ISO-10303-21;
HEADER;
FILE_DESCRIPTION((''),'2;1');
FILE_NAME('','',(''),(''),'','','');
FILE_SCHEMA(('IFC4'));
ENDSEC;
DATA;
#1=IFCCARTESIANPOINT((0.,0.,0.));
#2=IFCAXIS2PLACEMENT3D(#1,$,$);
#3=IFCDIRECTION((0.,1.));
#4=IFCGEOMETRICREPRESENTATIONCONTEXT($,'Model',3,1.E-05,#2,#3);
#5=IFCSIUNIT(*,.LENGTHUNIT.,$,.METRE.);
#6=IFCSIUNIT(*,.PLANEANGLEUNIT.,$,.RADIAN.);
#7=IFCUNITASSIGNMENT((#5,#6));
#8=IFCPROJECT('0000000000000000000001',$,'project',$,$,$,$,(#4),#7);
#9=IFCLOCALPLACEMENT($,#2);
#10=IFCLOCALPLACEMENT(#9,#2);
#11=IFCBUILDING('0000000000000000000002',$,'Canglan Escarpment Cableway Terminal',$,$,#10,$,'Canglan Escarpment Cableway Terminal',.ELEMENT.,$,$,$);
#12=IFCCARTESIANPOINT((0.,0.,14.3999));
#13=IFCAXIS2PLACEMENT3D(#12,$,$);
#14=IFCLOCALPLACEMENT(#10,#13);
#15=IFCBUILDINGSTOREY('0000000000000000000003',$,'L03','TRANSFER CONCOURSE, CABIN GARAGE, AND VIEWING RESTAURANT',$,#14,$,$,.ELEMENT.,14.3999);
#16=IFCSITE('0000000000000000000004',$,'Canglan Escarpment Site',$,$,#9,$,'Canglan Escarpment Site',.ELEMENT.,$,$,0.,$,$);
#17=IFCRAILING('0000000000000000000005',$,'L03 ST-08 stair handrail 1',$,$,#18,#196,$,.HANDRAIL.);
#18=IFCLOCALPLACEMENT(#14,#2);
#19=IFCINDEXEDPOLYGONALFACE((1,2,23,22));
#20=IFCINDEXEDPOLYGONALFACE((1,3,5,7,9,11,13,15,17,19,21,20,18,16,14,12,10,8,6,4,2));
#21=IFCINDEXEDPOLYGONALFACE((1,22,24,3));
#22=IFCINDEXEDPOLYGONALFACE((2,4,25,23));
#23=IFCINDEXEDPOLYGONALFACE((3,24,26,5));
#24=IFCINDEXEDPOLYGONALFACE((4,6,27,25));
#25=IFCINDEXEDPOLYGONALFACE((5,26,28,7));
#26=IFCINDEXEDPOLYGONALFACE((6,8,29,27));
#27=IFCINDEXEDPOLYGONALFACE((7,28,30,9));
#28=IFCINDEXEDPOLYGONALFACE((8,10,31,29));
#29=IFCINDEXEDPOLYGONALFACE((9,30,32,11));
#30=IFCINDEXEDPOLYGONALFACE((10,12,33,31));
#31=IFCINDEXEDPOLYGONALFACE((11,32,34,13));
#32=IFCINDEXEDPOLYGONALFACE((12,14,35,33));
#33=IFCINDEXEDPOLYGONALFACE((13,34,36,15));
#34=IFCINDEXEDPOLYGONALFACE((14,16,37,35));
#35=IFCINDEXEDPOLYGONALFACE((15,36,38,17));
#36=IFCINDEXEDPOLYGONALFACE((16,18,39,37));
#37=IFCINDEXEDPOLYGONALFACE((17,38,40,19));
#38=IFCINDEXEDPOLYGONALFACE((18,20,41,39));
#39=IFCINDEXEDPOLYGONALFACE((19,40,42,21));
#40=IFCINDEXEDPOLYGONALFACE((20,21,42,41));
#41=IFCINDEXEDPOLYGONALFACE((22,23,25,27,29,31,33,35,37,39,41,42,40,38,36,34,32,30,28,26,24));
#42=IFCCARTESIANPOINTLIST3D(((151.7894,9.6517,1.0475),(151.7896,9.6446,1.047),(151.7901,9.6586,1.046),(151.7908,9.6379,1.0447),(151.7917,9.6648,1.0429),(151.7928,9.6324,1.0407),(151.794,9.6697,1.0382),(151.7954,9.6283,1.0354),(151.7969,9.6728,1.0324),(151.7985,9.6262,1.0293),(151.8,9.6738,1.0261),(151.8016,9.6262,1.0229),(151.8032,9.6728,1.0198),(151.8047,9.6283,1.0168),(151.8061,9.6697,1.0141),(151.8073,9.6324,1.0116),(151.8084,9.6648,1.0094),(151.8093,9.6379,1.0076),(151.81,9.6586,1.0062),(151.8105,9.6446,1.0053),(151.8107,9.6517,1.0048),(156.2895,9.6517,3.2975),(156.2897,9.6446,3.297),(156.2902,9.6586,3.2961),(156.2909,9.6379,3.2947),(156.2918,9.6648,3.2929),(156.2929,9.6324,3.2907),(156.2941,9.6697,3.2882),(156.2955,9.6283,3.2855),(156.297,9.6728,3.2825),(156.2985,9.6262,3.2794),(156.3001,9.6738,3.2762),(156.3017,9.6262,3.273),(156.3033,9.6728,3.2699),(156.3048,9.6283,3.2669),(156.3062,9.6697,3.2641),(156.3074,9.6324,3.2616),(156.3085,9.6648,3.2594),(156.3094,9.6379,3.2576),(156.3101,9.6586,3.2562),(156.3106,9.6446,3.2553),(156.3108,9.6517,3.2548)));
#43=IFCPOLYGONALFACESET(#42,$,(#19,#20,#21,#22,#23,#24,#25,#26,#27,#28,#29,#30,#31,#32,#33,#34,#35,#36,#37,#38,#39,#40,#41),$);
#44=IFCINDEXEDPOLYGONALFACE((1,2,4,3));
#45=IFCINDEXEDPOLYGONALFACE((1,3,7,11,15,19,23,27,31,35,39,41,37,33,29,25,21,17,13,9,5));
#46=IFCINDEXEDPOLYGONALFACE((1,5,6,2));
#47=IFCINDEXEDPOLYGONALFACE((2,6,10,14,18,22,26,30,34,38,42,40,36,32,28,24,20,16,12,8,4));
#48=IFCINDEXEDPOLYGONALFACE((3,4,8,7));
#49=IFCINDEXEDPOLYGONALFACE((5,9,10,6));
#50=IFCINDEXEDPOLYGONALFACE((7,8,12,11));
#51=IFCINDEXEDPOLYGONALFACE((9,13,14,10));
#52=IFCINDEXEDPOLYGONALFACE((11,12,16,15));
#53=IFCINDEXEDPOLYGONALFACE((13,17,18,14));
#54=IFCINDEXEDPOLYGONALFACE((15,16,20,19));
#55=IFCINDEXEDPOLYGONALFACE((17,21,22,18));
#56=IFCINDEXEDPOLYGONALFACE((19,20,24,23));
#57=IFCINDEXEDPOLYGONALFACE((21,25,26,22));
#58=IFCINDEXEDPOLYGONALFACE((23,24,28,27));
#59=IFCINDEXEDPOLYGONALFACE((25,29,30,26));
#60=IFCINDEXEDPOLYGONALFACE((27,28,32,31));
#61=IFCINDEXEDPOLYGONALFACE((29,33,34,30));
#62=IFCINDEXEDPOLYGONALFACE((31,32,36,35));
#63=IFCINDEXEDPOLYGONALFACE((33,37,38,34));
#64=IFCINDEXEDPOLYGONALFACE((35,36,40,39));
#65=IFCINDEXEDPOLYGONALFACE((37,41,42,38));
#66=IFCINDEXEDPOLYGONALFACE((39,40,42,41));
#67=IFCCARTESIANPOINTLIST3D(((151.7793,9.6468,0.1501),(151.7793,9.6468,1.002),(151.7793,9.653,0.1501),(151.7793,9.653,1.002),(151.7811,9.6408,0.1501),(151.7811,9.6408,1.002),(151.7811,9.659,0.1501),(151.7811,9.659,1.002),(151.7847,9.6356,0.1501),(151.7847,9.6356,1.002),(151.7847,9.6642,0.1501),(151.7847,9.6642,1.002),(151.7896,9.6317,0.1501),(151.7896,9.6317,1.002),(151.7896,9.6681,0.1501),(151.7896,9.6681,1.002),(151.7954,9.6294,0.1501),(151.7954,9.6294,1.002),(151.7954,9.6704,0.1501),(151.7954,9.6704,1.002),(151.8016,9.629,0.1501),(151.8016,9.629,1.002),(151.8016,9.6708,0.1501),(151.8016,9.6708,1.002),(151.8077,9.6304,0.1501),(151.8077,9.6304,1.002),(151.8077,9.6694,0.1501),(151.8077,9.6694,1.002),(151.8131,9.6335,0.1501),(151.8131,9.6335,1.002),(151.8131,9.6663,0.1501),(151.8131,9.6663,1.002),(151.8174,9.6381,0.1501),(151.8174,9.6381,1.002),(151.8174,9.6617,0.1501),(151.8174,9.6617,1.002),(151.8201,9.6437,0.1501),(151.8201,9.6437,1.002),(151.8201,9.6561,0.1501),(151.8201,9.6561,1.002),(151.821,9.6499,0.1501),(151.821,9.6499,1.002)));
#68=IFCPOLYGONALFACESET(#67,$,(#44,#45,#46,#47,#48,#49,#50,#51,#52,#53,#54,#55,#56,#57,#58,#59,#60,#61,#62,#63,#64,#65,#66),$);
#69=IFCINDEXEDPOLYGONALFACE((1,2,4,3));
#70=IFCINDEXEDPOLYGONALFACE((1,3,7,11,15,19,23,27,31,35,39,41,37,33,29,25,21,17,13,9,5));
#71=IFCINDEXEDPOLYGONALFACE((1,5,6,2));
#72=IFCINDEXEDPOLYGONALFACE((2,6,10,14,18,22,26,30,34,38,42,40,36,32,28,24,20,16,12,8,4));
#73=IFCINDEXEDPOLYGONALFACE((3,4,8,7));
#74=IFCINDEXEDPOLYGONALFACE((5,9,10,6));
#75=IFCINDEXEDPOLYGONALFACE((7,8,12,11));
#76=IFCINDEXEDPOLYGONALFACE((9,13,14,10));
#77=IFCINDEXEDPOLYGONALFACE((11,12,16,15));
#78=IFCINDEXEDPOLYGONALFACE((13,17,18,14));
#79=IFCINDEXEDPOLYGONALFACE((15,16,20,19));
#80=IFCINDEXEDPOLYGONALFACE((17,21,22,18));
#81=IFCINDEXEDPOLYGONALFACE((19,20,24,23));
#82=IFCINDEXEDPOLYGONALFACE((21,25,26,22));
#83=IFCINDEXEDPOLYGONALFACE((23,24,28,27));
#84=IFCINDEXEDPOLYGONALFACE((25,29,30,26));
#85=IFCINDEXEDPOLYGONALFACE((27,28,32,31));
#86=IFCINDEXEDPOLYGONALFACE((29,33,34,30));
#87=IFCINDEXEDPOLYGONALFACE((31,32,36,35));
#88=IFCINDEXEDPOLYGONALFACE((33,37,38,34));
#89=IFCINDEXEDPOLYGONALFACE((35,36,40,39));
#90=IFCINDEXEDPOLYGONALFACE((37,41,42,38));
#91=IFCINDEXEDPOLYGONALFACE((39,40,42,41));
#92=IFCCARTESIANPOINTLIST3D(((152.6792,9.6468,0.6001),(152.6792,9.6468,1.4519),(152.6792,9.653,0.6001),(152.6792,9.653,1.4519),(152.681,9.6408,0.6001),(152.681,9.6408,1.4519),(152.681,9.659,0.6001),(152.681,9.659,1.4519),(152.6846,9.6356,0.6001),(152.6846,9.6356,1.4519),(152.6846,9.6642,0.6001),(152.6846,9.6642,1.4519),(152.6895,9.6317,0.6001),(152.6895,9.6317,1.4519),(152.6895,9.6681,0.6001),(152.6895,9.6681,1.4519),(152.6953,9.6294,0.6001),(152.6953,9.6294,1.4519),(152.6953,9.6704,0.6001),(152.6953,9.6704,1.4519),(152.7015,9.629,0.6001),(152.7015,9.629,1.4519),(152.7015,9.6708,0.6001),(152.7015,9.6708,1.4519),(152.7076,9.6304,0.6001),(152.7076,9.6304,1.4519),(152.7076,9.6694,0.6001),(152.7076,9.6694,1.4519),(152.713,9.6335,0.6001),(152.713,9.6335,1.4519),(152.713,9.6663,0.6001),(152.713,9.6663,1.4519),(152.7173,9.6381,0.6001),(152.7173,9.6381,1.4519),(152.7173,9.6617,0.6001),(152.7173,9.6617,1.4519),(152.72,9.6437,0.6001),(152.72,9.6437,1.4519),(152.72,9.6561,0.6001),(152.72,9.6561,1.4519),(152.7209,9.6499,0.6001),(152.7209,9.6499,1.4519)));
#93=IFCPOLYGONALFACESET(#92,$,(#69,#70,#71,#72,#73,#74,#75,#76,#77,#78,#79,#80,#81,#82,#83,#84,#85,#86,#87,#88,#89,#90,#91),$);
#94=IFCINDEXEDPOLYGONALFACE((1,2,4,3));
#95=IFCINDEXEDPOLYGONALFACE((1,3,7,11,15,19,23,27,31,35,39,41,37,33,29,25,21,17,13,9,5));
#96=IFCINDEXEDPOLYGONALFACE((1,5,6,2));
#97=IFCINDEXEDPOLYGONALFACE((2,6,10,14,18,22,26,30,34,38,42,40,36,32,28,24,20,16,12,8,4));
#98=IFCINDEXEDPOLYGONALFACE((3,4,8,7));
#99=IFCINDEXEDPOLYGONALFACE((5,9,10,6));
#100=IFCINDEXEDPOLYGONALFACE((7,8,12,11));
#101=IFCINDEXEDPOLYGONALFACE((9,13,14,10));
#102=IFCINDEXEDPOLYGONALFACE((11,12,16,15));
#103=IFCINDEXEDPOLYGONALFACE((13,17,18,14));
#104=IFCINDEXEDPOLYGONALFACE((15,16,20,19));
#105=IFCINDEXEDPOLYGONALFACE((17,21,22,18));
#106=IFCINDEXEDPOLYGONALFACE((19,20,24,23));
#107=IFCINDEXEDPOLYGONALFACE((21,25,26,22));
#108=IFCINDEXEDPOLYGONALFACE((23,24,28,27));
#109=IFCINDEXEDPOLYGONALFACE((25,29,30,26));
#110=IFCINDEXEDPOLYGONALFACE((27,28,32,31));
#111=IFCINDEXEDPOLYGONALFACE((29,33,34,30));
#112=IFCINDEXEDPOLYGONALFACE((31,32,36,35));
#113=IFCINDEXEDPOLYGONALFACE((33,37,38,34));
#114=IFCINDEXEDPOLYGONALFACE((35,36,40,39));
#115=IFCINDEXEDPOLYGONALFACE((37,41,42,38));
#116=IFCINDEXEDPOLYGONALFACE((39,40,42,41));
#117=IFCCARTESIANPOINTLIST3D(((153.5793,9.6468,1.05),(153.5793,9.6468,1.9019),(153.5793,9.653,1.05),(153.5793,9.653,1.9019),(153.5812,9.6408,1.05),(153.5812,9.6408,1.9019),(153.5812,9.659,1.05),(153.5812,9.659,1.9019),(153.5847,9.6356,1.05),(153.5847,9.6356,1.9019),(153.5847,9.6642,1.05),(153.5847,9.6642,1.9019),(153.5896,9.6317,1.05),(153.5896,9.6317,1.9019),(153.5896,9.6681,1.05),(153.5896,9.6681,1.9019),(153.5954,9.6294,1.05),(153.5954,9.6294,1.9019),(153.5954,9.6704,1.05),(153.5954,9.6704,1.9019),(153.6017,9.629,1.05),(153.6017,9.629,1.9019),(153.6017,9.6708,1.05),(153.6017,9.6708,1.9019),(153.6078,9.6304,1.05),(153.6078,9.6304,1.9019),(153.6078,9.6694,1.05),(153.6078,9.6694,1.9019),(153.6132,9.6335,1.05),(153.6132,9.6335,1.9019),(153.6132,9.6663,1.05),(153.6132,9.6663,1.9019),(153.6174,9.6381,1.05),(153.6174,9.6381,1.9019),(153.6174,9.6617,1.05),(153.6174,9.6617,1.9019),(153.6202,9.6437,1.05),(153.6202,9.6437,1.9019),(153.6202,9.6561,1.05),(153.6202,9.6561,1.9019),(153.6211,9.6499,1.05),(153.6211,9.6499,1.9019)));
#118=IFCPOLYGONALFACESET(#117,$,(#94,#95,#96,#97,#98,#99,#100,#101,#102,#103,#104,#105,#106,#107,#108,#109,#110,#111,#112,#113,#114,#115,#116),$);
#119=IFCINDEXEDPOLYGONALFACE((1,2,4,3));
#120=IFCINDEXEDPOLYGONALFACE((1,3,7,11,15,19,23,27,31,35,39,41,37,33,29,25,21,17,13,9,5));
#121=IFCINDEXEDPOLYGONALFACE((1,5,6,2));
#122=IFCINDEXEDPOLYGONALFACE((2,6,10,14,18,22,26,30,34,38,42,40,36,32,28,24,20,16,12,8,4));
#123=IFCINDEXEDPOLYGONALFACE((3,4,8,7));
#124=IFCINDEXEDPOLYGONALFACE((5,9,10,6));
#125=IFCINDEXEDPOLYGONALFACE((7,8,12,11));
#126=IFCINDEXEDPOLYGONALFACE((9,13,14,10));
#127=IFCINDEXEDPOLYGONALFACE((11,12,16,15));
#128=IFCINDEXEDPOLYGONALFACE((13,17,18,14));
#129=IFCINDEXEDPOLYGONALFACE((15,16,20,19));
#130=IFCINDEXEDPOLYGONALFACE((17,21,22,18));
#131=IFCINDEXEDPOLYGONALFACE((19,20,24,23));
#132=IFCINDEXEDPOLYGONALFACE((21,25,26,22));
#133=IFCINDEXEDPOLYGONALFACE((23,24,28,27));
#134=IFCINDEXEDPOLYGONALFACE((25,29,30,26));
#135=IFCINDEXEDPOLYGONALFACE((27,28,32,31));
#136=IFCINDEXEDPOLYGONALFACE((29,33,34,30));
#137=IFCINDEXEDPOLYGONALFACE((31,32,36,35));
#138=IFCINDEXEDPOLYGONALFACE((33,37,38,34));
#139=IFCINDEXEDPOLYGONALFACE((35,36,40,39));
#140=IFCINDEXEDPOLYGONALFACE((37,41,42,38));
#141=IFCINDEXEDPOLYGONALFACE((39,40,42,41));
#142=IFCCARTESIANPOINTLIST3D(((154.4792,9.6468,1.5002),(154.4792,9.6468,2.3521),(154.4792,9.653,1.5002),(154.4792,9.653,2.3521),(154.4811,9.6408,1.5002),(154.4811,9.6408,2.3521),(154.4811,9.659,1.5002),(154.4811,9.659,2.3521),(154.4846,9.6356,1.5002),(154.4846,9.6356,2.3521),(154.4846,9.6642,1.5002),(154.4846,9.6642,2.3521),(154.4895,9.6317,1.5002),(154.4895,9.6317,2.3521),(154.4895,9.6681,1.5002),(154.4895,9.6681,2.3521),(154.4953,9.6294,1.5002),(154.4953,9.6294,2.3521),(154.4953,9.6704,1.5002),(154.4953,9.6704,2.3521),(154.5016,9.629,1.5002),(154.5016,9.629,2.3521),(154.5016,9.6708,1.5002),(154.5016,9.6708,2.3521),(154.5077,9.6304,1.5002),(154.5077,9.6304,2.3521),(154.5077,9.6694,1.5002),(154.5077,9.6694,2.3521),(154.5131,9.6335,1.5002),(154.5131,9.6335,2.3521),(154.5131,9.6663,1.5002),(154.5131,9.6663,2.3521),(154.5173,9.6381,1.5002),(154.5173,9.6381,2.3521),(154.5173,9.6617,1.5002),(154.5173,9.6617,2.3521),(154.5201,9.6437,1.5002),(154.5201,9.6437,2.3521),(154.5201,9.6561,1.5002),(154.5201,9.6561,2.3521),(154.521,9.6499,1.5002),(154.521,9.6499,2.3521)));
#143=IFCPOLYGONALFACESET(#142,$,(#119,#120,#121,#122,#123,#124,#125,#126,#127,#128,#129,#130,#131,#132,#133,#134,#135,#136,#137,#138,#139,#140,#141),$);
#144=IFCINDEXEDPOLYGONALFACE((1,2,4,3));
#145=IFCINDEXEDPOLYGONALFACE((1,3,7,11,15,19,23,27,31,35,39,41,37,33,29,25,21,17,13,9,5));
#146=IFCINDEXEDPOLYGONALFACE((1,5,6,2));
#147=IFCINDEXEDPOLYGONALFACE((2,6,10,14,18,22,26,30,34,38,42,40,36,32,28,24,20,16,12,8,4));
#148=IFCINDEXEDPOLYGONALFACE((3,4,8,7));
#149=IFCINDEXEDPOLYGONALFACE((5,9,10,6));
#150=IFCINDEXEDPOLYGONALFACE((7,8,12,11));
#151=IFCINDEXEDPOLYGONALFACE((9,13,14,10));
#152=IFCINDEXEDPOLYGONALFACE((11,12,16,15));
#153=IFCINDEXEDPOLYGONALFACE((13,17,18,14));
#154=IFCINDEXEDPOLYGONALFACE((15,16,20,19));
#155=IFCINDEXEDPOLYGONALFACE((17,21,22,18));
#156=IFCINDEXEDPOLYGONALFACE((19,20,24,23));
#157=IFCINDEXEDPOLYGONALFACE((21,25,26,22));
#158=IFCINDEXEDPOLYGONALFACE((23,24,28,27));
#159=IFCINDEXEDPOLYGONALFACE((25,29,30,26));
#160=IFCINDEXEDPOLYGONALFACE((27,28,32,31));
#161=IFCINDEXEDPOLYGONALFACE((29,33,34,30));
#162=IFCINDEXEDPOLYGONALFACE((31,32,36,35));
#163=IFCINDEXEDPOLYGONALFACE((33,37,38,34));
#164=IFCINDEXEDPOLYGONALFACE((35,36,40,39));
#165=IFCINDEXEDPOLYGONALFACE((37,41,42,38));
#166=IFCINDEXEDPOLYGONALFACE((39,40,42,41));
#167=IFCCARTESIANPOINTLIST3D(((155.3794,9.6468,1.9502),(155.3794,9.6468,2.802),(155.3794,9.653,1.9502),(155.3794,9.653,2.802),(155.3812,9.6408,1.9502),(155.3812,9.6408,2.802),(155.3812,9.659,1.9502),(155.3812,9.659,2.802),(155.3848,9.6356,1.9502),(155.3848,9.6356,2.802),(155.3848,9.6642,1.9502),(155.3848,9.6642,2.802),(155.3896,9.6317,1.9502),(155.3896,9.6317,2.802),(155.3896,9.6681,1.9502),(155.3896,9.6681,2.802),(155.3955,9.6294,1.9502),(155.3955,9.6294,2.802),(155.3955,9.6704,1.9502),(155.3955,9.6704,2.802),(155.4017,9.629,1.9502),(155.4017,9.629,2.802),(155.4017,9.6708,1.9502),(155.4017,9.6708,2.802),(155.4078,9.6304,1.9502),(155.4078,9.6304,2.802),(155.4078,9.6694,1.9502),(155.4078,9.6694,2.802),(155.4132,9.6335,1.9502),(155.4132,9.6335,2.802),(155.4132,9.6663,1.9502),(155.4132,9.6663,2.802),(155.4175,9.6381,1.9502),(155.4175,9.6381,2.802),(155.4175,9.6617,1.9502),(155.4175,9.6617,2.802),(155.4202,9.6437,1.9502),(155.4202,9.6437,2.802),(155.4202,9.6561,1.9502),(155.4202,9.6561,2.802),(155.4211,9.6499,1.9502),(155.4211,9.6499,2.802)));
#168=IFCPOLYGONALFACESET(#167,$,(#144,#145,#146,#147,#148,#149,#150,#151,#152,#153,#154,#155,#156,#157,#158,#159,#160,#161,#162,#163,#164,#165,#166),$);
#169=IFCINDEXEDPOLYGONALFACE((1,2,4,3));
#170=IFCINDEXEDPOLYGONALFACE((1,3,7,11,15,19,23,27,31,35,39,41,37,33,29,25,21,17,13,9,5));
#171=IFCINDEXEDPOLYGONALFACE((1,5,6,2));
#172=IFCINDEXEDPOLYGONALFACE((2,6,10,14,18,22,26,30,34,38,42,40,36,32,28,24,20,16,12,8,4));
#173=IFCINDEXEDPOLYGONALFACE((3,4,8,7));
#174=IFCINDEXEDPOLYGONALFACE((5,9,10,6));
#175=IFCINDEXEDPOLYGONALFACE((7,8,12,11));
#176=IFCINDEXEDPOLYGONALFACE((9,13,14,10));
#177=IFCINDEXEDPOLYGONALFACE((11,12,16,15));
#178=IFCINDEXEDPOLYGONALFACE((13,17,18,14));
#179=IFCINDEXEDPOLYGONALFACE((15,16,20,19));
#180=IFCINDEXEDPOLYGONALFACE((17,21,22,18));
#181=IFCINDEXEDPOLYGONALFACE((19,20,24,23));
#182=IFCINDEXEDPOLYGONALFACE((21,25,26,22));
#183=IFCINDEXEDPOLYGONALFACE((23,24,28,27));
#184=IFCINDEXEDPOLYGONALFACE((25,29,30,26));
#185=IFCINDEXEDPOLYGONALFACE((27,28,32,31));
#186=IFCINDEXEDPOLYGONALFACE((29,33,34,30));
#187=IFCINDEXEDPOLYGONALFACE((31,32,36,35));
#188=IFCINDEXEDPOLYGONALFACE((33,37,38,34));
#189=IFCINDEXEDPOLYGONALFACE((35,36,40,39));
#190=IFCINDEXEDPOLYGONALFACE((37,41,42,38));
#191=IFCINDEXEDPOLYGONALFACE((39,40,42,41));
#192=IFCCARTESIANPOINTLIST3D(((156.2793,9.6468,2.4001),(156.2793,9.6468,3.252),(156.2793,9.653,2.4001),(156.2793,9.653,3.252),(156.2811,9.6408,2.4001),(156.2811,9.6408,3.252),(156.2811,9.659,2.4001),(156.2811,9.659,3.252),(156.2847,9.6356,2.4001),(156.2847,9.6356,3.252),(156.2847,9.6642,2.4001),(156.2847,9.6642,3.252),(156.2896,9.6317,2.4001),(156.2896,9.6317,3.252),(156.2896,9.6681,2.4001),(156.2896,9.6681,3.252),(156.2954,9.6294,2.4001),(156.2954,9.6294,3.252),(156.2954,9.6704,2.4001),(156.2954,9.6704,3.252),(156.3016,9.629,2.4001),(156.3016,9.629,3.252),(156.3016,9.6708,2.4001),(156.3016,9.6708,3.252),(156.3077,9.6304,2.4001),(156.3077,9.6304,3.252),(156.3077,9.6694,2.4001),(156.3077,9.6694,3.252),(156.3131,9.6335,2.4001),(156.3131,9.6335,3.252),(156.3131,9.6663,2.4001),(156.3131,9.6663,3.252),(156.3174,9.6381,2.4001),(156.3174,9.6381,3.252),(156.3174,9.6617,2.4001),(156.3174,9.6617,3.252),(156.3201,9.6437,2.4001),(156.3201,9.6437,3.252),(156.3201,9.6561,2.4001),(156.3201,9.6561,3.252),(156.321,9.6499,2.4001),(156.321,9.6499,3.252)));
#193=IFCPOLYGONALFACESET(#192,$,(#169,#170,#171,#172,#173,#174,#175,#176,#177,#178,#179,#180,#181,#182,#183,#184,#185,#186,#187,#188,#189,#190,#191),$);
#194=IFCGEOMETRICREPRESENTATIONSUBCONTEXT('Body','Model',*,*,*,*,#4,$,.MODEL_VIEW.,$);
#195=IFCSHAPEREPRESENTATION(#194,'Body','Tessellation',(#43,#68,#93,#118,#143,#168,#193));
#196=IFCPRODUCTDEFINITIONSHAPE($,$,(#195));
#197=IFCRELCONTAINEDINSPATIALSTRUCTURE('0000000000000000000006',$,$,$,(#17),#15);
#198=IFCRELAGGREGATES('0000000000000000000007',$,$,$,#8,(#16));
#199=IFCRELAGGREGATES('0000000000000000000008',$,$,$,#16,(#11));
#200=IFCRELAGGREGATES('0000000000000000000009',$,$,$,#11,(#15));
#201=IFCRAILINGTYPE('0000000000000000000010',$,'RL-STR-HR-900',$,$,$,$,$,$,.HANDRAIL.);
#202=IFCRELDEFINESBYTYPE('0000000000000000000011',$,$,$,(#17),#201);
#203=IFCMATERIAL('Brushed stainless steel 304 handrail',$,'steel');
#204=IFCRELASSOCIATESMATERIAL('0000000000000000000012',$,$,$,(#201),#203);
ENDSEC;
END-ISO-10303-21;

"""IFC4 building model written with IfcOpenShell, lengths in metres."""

from ifc_helpers import new_model, si_unit, direction, frame, origin, origin_2d, place, context, subcontext, project, spatial, circle, extrude, material, type_object, element, save


model = new_model("IFC4")

# Units and contexts
model_context = context("Model", 3, precision=1e-05, world=origin(), true_north=direction((0.0, 1.0)))
body_context = subcontext(model_context, "Body", "Model", "MODEL_VIEW")
ifc_project = project(units=[si_unit("LENGTHUNIT", "METRE"), si_unit("PLANEANGLEUNIT", "RADIAN")], contexts=[model_context])

# Site, building, storey
site_placement = place(None, origin())
site = spatial("IfcSite", under=ifc_project, at=site_placement, Name="Canglan Escarpment Site", LongName="Canglan Escarpment Site", CompositionType="ELEMENT", RefElevation=0.0)
building_placement = place(site_placement, origin())
building = spatial("IfcBuilding", under=site, at=building_placement, Name="Canglan Escarpment Cableway Terminal", LongName="Canglan Escarpment Cableway Terminal", CompositionType="ELEMENT")
storey_placement = place(building_placement, frame((0.0, 0.0, 14.3999)))
storey = spatial("IfcBuildingStorey", under=building, at=storey_placement, Name="L03", Description="TRANSFER CONCOURSE, CABIN GARAGE, AND VIEWING RESTAURANT", CompositionType="ELEMENT", Elevation=14.3999)

# Railing
ifc_material_1 = material(Name="Brushed stainless steel 304 handrail", Category="steel")
railing_type_1 = type_object("IfcRailingType", Name="RL-STR-HR-900", PredefinedType="HANDRAIL", material=ifc_material_1)
railing_1_placement = place(storey_placement, frame((151.8, 9.6499, 0.1501)))
element("IfcRailing", 1, at=railing_1_placement, inside=storey, type_object=railing_type_1, Name="L03 ST-08 stair handrail 1", PredefinedType="HANDRAIL", context=body_context, shape_type="SweptSolid", body=[
    extrude(circle(Radius=0.0239, at=origin_2d()), frame((0.0, 0.0, 0.876), z_axis=(0.894427, 0.0, 0.447214), x_axis=(0.0, 1.0, 0.0)), (0.0, 0.0, 1.0), 5.0312),
    extrude(circle(Radius=0.021, at=origin_2d()), origin(), (0.0, 0.0, 1.0), 0.8518),
    extrude(circle(Radius=0.021, at=origin_2d()), frame((0.8999, 0.0, 0.45)), (0.0, 0.0, 1.0), 0.8518),
    extrude(circle(Radius=0.021, at=origin_2d()), frame((1.8, 0.0, 0.8999)), (0.0, 0.0, 1.0), 0.8518),
    extrude(circle(Radius=0.021, at=origin_2d()), frame((2.7, 0.0, 1.3501)), (0.0, 0.0, 1.0), 0.8518),
    extrude(circle(Radius=0.021, at=origin_2d()), frame((3.6001, 0.0, 1.8)), (0.0, 0.0, 1.0), 0.8518),
    extrude(circle(Radius=0.021, at=origin_2d()), frame((4.5, 0.0, 2.25)), (0.0, 0.0, 1.0), 0.8518),
])

save(model, "model.ifc")
